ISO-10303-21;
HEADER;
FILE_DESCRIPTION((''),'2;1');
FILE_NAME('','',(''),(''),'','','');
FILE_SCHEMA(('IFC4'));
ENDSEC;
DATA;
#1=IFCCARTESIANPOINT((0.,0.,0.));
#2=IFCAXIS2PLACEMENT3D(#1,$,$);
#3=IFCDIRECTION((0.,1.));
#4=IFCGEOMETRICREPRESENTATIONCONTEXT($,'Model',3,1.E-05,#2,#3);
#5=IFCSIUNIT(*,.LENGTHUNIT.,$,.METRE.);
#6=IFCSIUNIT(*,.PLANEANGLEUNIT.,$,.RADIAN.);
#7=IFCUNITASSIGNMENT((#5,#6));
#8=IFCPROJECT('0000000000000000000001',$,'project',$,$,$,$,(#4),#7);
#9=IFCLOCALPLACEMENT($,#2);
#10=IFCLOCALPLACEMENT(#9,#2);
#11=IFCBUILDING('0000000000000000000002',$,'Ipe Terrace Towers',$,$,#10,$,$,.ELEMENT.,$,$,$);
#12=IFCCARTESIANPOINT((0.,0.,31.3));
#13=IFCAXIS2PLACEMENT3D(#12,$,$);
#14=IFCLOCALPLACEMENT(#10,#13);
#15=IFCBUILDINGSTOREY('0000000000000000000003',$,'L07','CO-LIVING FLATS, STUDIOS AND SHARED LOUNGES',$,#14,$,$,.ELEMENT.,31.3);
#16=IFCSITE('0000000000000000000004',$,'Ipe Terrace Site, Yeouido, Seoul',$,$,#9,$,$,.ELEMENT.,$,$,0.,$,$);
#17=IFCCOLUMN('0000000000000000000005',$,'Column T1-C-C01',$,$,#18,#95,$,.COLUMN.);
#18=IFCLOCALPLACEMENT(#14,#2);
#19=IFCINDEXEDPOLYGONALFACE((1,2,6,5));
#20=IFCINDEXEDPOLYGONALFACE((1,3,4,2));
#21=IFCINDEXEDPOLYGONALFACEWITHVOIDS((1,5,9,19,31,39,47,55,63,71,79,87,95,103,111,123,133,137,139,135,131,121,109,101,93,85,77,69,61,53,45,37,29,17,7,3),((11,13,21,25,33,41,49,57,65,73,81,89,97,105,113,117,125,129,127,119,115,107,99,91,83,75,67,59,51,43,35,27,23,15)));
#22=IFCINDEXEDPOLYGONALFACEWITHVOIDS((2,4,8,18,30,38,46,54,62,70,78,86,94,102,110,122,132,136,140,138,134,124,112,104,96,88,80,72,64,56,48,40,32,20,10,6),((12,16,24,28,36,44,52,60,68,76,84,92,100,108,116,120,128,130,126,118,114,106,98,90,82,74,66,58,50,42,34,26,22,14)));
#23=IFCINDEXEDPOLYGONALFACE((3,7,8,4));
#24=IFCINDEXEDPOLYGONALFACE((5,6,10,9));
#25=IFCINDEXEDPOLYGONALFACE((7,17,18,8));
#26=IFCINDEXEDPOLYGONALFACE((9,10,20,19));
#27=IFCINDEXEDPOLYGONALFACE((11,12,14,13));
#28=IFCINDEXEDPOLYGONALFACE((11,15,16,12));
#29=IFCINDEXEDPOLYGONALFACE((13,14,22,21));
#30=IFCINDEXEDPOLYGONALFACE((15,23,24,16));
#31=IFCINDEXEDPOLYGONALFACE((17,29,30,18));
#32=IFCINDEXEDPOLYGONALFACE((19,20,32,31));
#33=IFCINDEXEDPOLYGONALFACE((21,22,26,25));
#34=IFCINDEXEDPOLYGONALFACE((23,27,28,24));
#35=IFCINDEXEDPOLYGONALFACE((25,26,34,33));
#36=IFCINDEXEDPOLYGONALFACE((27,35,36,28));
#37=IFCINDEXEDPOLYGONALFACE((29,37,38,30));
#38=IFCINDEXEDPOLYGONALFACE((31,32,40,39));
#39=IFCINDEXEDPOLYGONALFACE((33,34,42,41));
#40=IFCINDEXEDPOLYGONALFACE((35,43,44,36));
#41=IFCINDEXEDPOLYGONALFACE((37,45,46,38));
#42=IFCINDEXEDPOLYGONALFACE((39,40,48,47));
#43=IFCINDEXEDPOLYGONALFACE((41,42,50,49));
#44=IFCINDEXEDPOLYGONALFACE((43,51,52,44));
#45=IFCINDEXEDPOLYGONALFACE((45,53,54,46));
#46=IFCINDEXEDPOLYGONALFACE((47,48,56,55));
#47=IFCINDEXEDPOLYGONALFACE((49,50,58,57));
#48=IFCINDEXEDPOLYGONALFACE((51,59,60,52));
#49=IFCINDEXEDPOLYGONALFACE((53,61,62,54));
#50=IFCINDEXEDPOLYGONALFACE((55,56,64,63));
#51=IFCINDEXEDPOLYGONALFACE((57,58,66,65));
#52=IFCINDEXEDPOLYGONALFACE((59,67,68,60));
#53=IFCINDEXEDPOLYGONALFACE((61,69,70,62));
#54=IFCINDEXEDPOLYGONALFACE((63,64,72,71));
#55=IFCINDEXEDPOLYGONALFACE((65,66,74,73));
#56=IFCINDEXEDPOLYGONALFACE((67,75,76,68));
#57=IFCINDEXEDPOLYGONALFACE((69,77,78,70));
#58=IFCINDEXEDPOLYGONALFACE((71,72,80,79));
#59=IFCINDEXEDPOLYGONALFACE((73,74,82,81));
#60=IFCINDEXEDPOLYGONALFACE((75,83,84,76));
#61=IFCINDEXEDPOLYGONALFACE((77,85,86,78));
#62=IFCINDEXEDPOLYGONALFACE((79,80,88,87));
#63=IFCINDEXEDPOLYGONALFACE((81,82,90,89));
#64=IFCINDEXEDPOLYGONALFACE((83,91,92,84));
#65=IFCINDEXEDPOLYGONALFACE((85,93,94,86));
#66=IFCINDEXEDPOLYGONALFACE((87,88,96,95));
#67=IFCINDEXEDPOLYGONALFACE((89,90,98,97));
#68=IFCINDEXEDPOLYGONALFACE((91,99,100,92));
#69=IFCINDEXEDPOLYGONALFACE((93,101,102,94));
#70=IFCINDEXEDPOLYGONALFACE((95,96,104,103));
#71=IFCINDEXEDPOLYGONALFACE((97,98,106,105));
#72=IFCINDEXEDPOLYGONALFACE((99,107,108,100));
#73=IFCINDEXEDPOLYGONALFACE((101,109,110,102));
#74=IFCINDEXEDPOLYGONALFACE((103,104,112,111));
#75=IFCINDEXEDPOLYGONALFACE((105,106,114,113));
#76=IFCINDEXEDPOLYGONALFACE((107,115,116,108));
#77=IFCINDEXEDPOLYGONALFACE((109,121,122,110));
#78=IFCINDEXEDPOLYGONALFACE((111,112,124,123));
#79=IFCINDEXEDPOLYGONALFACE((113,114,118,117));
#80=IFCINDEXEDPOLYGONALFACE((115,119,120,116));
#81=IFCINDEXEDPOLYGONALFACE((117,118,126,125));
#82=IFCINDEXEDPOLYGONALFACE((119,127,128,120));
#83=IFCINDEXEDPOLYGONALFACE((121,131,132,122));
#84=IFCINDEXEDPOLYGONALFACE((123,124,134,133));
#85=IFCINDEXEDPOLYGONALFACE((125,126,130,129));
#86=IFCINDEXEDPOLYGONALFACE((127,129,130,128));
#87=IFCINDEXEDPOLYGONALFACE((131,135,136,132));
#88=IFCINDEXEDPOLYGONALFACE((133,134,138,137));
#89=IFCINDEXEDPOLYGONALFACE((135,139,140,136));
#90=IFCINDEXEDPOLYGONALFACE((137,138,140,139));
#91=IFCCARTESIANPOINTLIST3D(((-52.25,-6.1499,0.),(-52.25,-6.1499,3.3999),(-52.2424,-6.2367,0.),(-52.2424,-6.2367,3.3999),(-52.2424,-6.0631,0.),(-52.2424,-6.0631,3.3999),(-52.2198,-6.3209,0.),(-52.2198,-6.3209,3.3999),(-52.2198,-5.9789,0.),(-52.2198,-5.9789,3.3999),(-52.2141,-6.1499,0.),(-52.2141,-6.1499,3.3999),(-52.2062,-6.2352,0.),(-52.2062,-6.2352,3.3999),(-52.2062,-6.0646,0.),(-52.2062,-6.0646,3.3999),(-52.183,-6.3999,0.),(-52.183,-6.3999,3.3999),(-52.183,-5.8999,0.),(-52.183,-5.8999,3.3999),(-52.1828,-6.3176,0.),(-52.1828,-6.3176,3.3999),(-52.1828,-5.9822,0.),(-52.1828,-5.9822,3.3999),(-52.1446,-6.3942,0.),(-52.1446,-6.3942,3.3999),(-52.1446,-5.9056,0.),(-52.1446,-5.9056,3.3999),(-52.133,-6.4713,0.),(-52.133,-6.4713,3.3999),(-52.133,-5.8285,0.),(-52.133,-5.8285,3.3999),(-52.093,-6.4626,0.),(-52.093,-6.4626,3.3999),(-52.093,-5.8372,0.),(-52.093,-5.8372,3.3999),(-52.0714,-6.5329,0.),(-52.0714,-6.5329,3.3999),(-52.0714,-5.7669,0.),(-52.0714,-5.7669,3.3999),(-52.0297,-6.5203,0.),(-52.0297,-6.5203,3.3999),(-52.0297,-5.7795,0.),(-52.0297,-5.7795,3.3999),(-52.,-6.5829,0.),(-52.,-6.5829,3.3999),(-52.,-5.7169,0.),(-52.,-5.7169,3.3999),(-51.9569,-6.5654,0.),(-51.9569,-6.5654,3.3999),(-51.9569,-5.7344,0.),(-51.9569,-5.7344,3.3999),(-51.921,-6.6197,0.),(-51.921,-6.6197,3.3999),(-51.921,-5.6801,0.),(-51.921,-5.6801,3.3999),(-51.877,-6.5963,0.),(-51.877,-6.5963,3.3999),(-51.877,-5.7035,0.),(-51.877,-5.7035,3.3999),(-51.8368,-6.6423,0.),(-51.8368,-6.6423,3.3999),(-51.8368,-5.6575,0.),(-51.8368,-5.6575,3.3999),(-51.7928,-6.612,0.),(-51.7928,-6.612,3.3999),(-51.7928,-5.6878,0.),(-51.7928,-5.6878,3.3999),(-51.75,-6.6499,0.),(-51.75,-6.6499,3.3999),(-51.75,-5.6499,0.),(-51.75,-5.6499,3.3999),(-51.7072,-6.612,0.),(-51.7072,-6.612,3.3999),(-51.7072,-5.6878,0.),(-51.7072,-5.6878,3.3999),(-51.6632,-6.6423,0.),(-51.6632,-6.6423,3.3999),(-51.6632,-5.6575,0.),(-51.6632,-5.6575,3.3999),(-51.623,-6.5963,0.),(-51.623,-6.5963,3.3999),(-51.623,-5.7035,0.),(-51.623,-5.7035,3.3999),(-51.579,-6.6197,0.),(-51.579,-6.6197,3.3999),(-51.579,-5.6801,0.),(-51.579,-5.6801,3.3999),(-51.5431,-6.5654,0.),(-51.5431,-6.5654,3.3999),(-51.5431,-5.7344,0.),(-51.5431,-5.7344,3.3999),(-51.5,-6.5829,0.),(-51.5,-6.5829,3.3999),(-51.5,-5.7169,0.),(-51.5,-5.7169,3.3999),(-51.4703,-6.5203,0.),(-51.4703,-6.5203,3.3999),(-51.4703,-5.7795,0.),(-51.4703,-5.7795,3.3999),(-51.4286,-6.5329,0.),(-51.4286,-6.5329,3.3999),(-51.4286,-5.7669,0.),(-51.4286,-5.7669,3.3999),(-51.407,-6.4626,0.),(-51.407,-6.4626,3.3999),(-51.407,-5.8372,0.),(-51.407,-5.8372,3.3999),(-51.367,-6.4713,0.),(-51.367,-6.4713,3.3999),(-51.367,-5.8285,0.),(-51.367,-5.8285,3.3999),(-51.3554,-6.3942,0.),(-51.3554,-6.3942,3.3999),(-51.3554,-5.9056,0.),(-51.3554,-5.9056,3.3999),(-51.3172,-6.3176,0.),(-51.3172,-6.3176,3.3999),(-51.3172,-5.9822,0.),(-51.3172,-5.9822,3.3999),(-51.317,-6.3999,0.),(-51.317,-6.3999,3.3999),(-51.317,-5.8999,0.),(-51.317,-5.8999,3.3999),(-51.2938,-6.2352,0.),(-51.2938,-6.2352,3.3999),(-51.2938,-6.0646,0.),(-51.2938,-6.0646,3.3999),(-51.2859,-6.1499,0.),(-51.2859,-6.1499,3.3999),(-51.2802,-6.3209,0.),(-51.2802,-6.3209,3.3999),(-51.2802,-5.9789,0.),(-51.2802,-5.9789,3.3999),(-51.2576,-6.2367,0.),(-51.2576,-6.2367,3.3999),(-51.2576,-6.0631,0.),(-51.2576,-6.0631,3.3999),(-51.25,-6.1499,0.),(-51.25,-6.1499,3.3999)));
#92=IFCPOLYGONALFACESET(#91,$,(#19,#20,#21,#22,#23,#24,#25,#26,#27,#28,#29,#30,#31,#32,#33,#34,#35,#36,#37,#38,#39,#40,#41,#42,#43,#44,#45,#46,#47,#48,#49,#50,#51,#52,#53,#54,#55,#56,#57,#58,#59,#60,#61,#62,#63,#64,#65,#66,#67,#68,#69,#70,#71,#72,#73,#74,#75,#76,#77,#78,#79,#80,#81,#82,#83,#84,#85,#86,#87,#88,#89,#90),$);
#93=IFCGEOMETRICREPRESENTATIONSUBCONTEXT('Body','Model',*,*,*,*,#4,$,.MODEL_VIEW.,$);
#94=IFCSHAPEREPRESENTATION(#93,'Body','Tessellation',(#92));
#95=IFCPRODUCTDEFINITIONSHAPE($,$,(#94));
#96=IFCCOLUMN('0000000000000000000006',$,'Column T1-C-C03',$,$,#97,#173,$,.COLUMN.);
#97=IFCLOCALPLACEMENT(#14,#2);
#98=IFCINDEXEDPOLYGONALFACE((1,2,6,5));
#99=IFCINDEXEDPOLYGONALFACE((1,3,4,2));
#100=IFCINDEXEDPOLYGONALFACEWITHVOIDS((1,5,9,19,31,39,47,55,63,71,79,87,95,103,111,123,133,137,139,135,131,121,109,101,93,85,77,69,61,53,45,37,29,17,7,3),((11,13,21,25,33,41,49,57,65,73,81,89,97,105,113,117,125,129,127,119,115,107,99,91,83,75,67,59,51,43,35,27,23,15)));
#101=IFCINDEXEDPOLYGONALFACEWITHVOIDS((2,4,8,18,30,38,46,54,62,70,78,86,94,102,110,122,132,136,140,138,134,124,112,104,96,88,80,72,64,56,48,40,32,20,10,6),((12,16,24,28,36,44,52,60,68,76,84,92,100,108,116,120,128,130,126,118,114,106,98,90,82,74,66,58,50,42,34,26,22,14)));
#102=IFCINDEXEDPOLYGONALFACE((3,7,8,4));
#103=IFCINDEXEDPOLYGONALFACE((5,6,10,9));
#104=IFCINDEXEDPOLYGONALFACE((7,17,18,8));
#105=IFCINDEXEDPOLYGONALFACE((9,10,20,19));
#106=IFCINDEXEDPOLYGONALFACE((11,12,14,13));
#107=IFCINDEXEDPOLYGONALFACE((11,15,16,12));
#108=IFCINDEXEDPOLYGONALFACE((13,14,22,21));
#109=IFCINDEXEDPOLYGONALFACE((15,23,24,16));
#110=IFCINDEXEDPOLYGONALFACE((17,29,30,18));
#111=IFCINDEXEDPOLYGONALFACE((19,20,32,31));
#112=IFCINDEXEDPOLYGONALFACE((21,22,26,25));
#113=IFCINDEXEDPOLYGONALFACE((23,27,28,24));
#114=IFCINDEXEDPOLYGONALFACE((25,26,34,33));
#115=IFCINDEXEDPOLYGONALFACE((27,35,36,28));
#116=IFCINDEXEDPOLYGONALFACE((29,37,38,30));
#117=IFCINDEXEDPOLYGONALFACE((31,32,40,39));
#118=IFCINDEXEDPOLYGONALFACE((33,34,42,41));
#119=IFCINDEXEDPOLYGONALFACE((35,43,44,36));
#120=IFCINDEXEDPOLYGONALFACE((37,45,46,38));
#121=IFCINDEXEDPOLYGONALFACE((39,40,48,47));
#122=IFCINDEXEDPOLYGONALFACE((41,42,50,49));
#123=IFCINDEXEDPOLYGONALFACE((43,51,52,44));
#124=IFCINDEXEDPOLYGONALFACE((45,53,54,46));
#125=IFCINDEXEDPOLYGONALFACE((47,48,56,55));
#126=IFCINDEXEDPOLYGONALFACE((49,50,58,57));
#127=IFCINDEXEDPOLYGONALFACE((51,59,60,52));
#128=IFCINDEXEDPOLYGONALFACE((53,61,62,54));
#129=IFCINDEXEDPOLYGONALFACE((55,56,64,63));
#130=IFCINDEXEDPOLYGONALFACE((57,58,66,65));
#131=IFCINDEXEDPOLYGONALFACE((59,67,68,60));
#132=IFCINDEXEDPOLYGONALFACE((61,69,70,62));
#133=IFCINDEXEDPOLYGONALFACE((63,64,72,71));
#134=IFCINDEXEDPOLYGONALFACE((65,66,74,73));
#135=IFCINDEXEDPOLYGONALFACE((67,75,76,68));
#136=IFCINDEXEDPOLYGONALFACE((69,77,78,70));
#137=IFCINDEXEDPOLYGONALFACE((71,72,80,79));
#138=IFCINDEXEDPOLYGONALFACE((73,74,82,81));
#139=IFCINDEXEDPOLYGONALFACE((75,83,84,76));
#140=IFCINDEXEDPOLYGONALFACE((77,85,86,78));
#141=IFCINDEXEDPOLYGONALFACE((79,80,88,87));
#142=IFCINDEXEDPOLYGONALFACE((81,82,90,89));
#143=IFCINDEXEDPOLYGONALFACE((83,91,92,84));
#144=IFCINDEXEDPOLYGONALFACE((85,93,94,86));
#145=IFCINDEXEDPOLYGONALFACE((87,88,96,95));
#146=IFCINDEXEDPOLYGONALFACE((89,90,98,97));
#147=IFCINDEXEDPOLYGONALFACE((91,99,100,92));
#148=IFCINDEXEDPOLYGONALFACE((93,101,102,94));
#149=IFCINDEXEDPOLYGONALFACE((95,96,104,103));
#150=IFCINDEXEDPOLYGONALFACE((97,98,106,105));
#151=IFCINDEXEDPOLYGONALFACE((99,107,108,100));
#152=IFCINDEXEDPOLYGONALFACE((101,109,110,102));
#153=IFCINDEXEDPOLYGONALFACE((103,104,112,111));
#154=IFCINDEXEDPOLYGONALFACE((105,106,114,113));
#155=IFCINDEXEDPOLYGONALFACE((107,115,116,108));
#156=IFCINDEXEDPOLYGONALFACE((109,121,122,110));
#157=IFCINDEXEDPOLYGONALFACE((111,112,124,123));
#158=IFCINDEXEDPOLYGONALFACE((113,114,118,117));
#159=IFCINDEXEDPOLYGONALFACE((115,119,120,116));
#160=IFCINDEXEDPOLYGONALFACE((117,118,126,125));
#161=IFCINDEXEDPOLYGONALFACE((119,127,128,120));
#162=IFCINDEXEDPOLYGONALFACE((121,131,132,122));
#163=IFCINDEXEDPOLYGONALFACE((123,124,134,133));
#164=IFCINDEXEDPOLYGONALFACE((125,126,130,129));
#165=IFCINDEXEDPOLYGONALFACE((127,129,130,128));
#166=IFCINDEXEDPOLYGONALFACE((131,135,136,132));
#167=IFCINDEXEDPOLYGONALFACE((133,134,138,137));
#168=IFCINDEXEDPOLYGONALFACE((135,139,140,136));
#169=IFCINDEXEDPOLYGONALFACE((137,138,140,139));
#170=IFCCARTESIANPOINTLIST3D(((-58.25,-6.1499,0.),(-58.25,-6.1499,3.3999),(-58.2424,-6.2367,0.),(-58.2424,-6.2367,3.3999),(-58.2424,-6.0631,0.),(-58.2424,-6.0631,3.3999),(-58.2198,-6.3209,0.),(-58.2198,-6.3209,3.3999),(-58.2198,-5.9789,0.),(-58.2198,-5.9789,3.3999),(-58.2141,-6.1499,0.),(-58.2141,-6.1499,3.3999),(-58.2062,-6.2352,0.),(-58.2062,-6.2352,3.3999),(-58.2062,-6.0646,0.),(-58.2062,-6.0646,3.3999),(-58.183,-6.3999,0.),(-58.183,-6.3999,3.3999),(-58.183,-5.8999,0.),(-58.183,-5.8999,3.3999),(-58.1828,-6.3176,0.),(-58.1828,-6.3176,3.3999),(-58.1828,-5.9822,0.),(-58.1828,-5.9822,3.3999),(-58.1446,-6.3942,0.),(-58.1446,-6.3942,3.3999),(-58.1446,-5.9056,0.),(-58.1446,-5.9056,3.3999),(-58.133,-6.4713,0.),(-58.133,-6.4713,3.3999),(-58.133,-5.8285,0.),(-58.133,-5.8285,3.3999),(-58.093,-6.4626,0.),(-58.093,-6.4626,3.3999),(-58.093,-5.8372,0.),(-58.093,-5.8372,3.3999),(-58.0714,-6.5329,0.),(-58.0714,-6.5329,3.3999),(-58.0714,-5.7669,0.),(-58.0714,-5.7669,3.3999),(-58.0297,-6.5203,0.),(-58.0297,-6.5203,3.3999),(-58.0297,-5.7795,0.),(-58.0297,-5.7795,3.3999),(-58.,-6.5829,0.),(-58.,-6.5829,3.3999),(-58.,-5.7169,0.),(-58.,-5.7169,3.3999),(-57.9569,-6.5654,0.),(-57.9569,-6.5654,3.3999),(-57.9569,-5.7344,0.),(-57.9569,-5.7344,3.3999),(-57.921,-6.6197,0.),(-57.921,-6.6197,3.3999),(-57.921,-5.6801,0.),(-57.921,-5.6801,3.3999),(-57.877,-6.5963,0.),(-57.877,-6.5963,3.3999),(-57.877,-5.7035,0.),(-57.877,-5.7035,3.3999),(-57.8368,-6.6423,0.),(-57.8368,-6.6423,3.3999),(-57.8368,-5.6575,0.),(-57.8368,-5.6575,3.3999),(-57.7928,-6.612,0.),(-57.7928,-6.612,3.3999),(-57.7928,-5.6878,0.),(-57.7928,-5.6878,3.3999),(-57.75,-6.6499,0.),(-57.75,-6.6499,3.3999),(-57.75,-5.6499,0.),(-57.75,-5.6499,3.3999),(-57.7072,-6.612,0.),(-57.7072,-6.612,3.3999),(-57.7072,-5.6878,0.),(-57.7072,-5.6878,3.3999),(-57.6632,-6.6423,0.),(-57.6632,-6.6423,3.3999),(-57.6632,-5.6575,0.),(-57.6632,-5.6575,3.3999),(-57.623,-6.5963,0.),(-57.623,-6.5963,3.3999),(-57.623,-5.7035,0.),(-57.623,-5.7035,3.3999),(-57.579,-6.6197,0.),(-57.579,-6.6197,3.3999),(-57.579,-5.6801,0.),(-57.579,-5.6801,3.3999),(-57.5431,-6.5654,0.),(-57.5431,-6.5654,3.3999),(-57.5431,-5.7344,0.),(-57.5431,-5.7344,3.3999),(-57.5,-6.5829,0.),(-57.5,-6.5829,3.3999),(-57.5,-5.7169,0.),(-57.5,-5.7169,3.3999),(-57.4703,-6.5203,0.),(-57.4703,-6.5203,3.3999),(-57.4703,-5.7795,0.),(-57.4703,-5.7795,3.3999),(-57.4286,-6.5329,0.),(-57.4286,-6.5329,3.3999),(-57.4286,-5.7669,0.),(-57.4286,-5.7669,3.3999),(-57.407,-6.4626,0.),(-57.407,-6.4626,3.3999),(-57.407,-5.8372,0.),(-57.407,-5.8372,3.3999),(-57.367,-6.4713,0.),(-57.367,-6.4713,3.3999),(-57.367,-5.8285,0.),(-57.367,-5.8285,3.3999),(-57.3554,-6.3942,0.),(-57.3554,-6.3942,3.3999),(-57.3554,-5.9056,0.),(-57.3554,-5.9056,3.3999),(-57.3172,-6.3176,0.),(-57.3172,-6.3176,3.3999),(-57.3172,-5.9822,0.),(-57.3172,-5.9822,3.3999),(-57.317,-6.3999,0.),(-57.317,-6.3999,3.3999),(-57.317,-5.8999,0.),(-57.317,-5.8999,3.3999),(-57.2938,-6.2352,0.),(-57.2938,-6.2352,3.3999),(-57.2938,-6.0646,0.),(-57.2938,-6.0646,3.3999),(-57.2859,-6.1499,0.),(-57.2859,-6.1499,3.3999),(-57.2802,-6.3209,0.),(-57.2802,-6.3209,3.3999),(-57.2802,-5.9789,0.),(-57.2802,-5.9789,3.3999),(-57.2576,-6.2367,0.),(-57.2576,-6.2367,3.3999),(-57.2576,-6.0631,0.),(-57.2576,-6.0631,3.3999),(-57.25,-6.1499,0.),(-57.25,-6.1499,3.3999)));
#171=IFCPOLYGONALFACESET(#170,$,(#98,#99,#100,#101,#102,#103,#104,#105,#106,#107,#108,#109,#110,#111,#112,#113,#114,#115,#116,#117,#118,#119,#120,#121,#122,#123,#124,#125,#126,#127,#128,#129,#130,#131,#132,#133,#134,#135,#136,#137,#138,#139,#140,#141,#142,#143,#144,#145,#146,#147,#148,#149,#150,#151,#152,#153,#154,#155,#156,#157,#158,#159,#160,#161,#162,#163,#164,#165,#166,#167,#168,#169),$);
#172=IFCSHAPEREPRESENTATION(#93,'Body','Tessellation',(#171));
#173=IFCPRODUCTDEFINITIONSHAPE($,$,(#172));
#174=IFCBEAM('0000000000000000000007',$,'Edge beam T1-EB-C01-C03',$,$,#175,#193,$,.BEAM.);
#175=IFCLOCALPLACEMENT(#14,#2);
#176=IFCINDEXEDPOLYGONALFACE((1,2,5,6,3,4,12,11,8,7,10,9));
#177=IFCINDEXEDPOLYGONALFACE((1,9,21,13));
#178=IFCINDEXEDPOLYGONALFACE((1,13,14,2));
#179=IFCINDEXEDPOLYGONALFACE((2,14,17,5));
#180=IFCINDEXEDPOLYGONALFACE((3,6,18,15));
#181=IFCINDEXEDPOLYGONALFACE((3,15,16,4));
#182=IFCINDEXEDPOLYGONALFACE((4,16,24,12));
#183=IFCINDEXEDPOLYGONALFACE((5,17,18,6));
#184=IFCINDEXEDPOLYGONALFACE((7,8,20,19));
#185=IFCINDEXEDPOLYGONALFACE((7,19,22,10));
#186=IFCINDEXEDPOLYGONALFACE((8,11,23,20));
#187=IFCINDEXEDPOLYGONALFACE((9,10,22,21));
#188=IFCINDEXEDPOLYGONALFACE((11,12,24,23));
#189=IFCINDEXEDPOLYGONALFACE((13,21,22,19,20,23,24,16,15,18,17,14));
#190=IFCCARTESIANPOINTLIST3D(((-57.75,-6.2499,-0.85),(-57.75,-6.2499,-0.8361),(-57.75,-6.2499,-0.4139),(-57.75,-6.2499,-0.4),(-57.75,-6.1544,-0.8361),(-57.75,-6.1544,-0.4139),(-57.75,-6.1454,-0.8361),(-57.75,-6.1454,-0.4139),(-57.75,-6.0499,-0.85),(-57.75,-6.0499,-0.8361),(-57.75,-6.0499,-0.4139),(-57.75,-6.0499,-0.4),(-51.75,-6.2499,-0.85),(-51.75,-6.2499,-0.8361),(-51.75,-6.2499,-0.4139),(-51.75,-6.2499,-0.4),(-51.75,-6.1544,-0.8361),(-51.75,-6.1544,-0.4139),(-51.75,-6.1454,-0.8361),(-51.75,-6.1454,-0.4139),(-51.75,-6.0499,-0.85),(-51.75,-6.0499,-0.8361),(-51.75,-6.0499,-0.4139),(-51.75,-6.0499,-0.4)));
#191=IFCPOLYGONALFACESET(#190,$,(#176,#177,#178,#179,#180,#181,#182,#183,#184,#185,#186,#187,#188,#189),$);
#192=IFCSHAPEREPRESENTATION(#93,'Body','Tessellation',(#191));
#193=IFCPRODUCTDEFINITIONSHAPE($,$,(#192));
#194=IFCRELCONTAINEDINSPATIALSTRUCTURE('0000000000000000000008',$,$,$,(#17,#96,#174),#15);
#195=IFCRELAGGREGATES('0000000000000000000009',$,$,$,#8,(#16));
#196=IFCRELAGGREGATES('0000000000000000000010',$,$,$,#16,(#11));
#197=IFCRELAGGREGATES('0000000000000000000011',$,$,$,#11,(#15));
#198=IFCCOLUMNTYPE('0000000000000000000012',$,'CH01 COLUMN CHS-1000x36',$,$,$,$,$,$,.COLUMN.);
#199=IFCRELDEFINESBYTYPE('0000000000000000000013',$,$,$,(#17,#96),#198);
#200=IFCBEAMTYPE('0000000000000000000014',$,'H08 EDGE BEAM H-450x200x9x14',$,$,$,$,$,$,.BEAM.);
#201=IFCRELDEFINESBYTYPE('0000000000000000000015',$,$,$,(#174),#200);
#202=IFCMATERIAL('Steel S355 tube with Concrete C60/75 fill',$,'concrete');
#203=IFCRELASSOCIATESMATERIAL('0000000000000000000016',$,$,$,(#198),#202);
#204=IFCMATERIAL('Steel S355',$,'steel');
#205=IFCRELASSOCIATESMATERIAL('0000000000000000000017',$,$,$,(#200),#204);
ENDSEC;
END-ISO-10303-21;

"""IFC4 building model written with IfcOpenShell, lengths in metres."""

from ifc_helpers import new_model, si_unit, direction, frame, origin, origin_2d, place, context, subcontext, project, spatial, hollow_circle, i_section, extrude, material, material_profile, profile_set, type_object, element, save


model = new_model("IFC4")

# Units and contexts
model_context = context("Model", 3, precision=1e-05, world=origin(), true_north=direction((0.0, 1.0)))
body_context = subcontext(model_context, "Body", "Model", "MODEL_VIEW")
ifc_project = project(units=[si_unit("LENGTHUNIT", "METRE"), si_unit("PLANEANGLEUNIT", "RADIAN")], contexts=[model_context])

# Site, building, storey
site_placement = place(None, origin())
site = spatial("IfcSite", under=ifc_project, at=site_placement, Name="Ipe Terrace Site, Yeouido, Seoul", CompositionType="ELEMENT", RefElevation=0.0)
building_placement = place(site_placement, origin())
building = spatial("IfcBuilding", under=site, at=building_placement, Name="Ipe Terrace Towers", CompositionType="ELEMENT")
storey_placement = place(building_placement, frame((0.0, 0.0, 31.3)))
storey = spatial("IfcBuildingStorey", under=building, at=storey_placement, Name="L07", Description="CO-LIVING FLATS, STUDIOS AND SHARED LOUNGES", CompositionType="ELEMENT", Elevation=31.3)

# Columns
ifc_material_1 = material(Name="Steel S355 tube with Concrete C60/75 fill", Category="concrete")
ifc_material_profile_1 = material_profile(ifc_material_1, hollow_circle(Radius=0.5, WallThickness=0.0359, at=origin_2d()), Name="CHS-1000x36")
ifc_profile_set_1 = profile_set([ifc_material_profile_1], Name="Steel S355 tube with Concrete C60/75 fill")
column_type = type_object("IfcColumnType", Name="CH01 COLUMN CHS-1000x36", PredefinedType="COLUMN", material=ifc_profile_set_1)
for number, where, z_axis, x_axis, name in (
    (1, (-51.75, -6.1499, 0.0), (0.0, 0.0, 1.0), (1.0, 0.0, 0.0), "Column T1-C-C01"),
    (2, (-57.75, -6.1499, 0.0), (0.0, 0.0, 1.0), (1.0, 0.0, 0.0), "Column T1-C-C03"),
):
    element("IfcColumn", number, at=place(storey_placement, frame(where, z_axis=z_axis, x_axis=x_axis)), inside=storey, type_object=column_type, Name=name, PredefinedType="COLUMN", context=body_context, shape_type="SweptSolid", body=[
        extrude(hollow_circle(Radius=0.5, WallThickness=0.0359, at=origin_2d()), origin(), (0.0, 0.0, 1.0), 3.3999),
    ])

# Beam
ifc_material_2 = material(Name="Steel S355", Category="steel")
ifc_material_profile_2 = material_profile(ifc_material_2, i_section(OverallWidth=0.2, OverallDepth=0.45, WebThickness=0.009, FlangeThickness=0.0139, at=origin_2d()), Name="H-450x200x9x14")
ifc_profile_set_2 = profile_set([ifc_material_profile_2], Name="Steel S355")
beam_type = type_object("IfcBeamType", Name="H08 EDGE BEAM H-450x200x9x14", PredefinedType="BEAM", material=ifc_profile_set_2)
beam_placement = place(storey_placement, frame((-51.75, -6.1499, -0.625), z_axis=(-1.0, 0.0, 0.0), x_axis=(0.0, -1.0, 0.0)))
element("IfcBeam", 3, at=beam_placement, inside=storey, type_object=beam_type, Name="Edge beam T1-EB-C01-C03", PredefinedType="BEAM", context=body_context, shape_type="SweptSolid", body=[
    extrude(i_section(OverallWidth=0.2, OverallDepth=0.45, WebThickness=0.009, FlangeThickness=0.0139, at=origin_2d()), origin(), (0.0, 0.0, 1.0), 6.0),
])

save(model, "model.ifc")
